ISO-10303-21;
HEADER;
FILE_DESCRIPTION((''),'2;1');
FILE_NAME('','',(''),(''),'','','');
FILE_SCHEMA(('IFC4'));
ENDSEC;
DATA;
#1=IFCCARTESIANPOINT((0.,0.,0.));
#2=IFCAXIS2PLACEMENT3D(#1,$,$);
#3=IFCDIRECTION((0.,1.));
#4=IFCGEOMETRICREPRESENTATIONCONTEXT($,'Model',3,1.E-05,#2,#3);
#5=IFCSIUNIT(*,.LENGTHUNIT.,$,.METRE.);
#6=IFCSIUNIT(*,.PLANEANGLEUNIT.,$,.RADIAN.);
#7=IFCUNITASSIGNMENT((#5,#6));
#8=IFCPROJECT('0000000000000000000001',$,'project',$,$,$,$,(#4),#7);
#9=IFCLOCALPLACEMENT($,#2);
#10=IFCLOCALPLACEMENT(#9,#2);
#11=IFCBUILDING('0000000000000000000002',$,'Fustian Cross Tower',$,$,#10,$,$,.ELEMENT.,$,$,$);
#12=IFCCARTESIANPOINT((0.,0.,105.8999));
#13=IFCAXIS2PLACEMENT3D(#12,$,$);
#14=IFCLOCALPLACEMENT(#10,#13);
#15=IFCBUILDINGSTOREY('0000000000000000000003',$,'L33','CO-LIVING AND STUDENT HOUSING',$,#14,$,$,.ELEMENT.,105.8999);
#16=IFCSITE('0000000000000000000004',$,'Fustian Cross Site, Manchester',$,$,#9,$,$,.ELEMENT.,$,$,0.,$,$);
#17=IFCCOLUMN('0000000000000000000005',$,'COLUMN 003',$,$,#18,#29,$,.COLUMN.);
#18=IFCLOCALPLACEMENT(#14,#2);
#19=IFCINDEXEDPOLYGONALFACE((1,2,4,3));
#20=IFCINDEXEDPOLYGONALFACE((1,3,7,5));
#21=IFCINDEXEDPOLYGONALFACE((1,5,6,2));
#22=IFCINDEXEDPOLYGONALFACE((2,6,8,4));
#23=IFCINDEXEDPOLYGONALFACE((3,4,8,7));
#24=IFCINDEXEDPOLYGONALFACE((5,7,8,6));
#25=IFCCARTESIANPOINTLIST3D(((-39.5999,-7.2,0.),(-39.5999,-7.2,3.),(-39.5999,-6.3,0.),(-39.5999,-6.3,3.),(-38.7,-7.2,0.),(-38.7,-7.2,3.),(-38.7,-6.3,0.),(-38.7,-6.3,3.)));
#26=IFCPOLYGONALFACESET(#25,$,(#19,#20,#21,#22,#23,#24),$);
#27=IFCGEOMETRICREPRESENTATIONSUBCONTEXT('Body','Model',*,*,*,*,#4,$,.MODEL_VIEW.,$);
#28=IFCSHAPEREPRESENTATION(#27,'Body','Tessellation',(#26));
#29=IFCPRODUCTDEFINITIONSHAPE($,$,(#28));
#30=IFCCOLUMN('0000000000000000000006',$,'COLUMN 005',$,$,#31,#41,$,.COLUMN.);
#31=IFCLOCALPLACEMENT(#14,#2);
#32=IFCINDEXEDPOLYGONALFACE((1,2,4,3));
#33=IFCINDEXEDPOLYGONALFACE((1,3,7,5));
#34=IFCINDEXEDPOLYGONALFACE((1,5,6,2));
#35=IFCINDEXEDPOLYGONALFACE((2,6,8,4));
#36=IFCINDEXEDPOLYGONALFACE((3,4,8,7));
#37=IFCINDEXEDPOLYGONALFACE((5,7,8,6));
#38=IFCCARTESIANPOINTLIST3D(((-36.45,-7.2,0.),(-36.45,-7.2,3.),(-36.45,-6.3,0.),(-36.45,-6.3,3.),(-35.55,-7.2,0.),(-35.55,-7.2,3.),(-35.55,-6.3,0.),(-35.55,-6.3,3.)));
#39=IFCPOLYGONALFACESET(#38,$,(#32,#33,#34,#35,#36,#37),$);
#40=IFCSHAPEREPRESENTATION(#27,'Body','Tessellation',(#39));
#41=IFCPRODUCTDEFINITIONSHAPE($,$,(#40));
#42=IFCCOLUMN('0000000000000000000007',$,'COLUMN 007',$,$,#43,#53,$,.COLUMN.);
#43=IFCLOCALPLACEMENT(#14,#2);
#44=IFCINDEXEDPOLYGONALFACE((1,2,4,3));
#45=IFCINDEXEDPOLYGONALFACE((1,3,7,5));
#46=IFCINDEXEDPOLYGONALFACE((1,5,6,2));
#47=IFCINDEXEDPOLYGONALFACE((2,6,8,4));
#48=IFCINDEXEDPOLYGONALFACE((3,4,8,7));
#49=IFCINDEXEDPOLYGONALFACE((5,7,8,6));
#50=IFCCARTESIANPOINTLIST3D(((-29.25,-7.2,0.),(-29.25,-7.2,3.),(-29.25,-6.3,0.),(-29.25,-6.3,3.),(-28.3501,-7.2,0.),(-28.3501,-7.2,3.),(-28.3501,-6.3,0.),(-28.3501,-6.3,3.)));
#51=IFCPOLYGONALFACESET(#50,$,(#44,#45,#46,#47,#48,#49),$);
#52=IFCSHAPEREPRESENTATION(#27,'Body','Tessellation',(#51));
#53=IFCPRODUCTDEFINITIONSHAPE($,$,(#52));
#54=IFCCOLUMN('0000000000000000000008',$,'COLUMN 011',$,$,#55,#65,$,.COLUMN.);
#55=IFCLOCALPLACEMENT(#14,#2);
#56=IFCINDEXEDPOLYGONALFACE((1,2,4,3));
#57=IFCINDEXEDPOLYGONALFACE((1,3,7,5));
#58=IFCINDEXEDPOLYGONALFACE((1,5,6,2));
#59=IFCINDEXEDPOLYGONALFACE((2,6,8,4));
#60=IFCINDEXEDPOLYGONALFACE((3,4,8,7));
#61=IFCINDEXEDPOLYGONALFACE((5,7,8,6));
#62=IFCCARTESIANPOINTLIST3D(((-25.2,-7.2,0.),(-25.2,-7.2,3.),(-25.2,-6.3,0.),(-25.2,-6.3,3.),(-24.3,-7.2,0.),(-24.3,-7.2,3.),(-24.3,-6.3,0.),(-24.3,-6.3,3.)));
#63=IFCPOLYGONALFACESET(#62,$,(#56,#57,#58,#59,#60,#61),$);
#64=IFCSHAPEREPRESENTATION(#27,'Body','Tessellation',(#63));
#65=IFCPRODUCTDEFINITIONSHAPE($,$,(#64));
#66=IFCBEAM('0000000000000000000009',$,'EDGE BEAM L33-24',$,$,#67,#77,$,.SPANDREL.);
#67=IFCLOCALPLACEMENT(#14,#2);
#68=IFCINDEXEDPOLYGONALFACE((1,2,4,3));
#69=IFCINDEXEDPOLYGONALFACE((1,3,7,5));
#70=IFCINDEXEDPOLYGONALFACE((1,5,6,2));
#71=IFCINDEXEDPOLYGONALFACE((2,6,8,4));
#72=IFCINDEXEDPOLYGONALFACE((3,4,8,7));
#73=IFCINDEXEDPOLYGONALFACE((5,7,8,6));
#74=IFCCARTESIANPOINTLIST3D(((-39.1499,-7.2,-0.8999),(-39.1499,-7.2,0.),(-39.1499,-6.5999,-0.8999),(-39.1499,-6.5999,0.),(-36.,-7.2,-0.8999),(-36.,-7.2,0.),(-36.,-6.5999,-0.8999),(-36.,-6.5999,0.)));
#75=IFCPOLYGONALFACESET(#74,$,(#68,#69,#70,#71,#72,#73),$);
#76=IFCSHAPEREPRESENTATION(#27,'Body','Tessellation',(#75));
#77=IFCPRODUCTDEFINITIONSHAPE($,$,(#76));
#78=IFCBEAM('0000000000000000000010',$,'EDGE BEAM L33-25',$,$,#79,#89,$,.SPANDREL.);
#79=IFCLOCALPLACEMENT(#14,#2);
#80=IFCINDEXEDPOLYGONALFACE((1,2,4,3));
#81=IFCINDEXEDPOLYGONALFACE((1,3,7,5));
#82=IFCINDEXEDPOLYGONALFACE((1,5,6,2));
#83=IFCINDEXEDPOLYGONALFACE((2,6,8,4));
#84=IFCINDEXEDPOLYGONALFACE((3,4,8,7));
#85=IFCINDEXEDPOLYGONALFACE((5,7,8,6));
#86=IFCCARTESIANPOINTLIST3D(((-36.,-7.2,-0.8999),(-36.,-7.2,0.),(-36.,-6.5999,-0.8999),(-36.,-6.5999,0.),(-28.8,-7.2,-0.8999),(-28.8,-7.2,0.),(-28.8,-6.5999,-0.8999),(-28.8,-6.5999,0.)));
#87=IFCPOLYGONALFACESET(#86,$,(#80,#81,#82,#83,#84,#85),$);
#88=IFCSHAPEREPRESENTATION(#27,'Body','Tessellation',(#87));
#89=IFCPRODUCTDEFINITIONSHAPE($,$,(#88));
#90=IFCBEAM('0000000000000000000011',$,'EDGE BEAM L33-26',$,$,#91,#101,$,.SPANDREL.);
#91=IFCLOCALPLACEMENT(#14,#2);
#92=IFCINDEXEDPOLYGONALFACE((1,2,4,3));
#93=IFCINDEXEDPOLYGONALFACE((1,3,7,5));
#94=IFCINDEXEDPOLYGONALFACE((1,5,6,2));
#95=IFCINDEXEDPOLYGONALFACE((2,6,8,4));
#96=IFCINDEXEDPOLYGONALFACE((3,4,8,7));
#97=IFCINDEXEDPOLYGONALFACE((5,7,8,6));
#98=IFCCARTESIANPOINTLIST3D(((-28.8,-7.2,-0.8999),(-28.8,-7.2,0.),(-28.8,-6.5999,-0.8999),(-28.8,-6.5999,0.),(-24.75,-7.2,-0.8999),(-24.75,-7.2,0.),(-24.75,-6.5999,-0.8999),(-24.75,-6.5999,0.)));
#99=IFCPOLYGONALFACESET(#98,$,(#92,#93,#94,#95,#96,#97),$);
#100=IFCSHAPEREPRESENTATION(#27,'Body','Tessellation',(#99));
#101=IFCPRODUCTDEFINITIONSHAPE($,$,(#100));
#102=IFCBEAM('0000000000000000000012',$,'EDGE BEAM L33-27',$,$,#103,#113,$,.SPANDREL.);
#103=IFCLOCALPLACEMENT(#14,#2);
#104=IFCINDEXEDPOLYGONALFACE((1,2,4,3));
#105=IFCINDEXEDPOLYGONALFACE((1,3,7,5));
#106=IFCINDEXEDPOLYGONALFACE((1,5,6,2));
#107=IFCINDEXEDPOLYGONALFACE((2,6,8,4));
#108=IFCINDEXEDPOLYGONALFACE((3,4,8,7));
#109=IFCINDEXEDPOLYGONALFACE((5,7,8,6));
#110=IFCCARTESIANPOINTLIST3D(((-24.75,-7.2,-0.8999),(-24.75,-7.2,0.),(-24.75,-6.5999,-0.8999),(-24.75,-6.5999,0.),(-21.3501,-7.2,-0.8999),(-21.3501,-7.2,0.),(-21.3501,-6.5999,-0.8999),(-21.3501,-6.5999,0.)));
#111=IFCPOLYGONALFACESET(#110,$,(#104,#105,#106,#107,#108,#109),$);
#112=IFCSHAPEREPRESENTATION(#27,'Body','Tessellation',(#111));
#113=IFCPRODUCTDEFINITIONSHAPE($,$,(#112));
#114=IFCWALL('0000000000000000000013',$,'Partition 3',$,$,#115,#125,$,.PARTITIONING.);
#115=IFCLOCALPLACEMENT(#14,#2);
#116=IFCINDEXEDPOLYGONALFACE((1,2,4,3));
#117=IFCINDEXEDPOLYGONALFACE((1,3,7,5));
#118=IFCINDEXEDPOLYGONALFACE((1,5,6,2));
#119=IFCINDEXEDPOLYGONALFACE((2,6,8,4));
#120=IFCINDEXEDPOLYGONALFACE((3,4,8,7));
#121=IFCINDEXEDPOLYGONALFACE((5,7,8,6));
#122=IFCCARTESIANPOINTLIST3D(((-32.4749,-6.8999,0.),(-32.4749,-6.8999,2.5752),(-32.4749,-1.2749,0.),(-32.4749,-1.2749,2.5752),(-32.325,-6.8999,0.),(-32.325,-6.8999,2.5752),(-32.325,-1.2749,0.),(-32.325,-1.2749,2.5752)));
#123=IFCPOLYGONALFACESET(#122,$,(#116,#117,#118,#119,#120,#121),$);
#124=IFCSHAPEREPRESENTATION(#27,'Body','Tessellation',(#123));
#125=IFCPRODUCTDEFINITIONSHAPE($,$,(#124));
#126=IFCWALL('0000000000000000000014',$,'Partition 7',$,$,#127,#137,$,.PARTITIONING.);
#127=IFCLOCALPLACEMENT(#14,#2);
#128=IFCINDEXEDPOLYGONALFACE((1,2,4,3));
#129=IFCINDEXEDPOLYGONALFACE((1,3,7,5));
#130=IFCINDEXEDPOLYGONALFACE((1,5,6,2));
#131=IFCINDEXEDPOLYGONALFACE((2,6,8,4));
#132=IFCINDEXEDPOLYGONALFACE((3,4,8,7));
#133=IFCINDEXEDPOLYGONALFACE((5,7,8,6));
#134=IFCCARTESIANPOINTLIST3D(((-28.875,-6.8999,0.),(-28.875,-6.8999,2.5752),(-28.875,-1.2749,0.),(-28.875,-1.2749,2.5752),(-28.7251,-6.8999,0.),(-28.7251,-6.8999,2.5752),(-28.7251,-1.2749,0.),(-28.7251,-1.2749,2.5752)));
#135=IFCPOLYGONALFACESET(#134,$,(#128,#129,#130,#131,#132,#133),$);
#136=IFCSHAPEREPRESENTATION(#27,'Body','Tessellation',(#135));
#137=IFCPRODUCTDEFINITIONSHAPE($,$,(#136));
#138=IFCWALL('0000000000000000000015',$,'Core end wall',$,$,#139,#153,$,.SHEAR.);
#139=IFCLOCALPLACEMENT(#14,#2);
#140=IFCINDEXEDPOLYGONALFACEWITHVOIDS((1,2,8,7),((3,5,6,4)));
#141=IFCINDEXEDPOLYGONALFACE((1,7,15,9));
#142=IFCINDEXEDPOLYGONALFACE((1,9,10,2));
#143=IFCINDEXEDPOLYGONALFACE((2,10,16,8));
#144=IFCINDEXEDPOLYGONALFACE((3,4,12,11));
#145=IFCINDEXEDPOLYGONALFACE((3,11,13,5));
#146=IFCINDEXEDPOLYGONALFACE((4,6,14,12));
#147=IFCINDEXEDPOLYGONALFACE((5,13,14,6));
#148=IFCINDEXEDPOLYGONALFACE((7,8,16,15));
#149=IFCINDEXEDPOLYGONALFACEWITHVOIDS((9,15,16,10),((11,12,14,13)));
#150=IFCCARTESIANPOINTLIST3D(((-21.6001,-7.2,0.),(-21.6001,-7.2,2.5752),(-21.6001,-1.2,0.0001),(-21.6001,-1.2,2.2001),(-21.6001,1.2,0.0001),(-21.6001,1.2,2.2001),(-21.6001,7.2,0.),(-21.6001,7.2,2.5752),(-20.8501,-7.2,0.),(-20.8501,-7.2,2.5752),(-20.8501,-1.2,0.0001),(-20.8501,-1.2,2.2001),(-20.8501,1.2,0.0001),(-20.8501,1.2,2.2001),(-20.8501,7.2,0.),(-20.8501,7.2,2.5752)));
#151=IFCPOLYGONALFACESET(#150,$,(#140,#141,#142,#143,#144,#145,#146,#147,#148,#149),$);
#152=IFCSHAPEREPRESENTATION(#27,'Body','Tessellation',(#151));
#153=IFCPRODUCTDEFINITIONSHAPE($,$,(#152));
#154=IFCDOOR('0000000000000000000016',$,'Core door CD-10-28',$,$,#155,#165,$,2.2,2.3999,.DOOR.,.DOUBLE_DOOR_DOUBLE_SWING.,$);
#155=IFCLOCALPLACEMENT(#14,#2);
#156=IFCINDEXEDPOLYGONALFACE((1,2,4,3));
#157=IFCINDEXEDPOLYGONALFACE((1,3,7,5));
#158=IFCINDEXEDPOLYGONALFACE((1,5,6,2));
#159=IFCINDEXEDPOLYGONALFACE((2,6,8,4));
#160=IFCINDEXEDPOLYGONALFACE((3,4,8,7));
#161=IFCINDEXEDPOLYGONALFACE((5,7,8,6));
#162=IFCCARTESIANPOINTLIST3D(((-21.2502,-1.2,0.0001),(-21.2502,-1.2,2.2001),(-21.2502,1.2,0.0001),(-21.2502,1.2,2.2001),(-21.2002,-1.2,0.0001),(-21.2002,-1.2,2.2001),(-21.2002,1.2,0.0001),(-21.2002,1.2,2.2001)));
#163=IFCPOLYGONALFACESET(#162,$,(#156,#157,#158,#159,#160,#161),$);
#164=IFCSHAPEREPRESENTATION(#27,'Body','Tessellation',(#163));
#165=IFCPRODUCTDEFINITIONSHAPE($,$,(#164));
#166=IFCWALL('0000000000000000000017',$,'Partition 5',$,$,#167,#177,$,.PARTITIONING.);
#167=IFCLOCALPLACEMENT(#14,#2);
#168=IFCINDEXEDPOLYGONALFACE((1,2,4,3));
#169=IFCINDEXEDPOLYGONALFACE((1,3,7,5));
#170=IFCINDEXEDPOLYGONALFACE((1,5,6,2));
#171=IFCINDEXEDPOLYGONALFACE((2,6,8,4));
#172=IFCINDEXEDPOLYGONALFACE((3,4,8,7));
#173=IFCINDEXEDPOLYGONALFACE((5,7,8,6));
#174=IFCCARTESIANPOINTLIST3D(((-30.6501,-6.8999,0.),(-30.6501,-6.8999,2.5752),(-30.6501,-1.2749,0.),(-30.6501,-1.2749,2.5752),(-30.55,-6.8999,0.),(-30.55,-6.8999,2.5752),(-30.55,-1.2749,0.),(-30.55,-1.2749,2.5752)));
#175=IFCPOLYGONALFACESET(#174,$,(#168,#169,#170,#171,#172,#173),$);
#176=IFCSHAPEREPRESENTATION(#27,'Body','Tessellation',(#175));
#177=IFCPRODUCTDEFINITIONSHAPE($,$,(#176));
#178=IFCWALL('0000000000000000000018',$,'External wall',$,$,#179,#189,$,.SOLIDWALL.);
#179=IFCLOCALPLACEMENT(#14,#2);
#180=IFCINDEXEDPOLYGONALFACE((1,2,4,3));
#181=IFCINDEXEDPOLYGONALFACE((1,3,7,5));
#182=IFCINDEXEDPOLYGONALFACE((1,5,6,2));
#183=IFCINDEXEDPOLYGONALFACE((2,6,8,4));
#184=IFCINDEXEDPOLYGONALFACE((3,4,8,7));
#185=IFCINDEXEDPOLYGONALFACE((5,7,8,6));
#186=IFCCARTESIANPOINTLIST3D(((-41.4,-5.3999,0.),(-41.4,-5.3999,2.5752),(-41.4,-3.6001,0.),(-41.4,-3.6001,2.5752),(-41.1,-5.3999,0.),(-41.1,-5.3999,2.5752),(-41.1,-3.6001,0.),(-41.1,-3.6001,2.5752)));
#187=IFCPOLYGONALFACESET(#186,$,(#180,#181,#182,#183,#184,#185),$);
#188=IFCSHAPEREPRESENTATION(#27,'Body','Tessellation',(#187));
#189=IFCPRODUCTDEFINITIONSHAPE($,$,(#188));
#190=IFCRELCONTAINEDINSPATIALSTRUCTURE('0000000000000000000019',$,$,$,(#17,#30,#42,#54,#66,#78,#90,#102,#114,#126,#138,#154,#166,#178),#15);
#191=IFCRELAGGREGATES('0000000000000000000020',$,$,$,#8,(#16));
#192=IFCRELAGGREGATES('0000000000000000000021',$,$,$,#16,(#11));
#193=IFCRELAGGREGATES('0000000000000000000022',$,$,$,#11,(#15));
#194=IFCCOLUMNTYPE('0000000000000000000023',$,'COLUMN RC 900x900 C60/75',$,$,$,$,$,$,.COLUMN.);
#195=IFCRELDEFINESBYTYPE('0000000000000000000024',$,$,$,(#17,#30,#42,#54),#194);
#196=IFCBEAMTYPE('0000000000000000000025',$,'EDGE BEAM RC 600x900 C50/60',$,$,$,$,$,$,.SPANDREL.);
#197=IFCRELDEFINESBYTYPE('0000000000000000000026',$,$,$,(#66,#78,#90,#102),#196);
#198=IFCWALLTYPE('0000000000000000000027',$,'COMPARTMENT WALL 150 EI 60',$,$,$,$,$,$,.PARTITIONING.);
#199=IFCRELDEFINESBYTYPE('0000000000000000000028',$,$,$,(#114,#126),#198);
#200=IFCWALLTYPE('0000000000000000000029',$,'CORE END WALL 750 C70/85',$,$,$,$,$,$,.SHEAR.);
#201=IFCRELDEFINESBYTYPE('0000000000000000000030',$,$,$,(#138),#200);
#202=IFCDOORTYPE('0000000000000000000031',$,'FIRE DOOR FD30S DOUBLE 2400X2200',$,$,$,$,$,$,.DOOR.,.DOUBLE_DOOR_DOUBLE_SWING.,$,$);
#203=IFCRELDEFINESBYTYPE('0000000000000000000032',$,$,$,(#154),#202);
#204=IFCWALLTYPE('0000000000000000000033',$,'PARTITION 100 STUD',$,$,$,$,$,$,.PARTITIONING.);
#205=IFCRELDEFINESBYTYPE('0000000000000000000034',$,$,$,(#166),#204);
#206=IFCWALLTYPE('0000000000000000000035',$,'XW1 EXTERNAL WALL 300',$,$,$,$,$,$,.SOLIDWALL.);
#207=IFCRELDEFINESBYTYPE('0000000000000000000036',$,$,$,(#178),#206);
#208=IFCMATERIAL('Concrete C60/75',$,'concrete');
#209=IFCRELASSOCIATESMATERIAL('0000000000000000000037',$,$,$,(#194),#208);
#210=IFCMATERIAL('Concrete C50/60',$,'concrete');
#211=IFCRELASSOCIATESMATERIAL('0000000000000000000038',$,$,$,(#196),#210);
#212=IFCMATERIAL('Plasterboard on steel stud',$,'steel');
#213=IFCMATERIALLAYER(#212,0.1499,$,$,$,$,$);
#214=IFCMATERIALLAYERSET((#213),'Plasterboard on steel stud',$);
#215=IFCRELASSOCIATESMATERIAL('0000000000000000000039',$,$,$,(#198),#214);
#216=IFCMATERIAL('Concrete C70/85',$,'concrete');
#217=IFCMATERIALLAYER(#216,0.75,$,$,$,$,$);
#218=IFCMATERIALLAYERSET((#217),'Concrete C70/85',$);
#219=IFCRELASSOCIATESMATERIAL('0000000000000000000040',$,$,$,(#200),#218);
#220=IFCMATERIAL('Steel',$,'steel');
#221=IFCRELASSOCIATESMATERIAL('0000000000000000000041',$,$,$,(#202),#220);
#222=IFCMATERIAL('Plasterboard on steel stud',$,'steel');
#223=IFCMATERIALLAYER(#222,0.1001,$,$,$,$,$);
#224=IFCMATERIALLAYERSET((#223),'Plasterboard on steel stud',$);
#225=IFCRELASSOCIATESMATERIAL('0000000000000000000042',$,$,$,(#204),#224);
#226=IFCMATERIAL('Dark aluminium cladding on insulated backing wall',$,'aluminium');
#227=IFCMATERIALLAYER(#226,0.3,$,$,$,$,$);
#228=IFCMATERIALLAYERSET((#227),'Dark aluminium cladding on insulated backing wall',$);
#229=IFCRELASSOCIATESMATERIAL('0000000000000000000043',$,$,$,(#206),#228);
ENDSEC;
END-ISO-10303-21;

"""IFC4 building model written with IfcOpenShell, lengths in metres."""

from ifc_helpers import new_model, si_unit, direction, frame, frame_2d, origin, origin_2d, place, context, subcontext, project, spatial, rectangle, extrude, material, layer, layer_set, material_profile, profile_set, type_object, element, fill, save


model = new_model("IFC4")

# Units and contexts
model_context = context("Model", 3, precision=1e-05, world=origin(), true_north=direction((0.0, 1.0)))
body_context = subcontext(model_context, "Body", "Model", "MODEL_VIEW")
ifc_project = project(units=[si_unit("LENGTHUNIT", "METRE"), si_unit("PLANEANGLEUNIT", "RADIAN")], contexts=[model_context])

# Site, building, storey
site_placement = place(None, origin())
site = spatial("IfcSite", under=ifc_project, at=site_placement, Name="Fustian Cross Site, Manchester", CompositionType="ELEMENT", RefElevation=0.0)
building_placement = place(site_placement, origin())
building = spatial("IfcBuilding", under=site, at=building_placement, Name="Fustian Cross Tower", CompositionType="ELEMENT")
storey_placement = place(building_placement, frame((0.0, 0.0, 105.8999)))
storey = spatial("IfcBuildingStorey", under=building, at=storey_placement, Name="L33", Description="CO-LIVING AND STUDENT HOUSING", CompositionType="ELEMENT", Elevation=105.8999)

# Columns
ifc_material_1 = material(Name="Concrete C60/75", Category="concrete")
ifc_material_profile_1 = material_profile(ifc_material_1, rectangle(XDim=0.8999, YDim=0.8999, at=origin_2d()), Name="RC 900x900")
ifc_profile_set_1 = profile_set([ifc_material_profile_1], Name="Concrete C60/75")
column_type = type_object("IfcColumnType", Name="COLUMN RC 900x900 C60/75", PredefinedType="COLUMN", material=ifc_profile_set_1)
for number, where, z_axis, x_axis, name in (
    (1, (-39.1499, -6.75, 0.0), (0.0, 0.0, 1.0), (1.0, 0.0, 0.0), "COLUMN 003"),
    (2, (-36.0, -6.75, 0.0), (0.0, 0.0, 1.0), (1.0, 0.0, 0.0), "COLUMN 005"),
    (3, (-28.8, -6.75, 0.0), (0.0, 0.0, 1.0), (1.0, 0.0, 0.0), "COLUMN 007"),
    (4, (-24.75, -6.75, 0.0), (0.0, 0.0, 1.0), (1.0, 0.0, 0.0), "COLUMN 011"),
):
    element("IfcColumn", number, at=place(storey_placement, frame(where, z_axis=z_axis, x_axis=x_axis)), inside=storey, type_object=column_type, Name=name, PredefinedType="COLUMN", context=body_context, shape_type="SweptSolid", body=[
        extrude(rectangle(XDim=0.8999, YDim=0.8999, at=origin_2d()), origin(), (0.0, 0.0, 1.0), 3.0),
    ])

# Beams
ifc_material_2 = material(Name="Concrete C50/60", Category="concrete")
ifc_material_profile_2 = material_profile(ifc_material_2, rectangle(XDim=0.6001, YDim=0.8999, at=origin_2d()), Name="RC 600x900")
ifc_profile_set_2 = profile_set([ifc_material_profile_2], Name="Concrete C50/60")
beam_type = type_object("IfcBeamType", Name="EDGE BEAM RC 600x900 C50/60", PredefinedType="SPANDREL", material=ifc_profile_set_2)
beam_1_placement = place(storey_placement, frame((-39.1499, -6.8999, -0.45), z_axis=(1.0, 0.0, 0.0), x_axis=(0.0, 1.0, 0.0)))
element("IfcBeam", 5, at=beam_1_placement, inside=storey, type_object=beam_type, Name="EDGE BEAM L33-24", PredefinedType="SPANDREL", context=body_context, shape_type="SweptSolid", body=[
    extrude(rectangle(XDim=0.6001, YDim=0.8999, at=origin_2d()), origin(), (0.0, 0.0, 1.0), 3.1499),
])
beam_2_placement = place(storey_placement, frame((-36.0, -6.8999, -0.45), z_axis=(1.0, 0.0, 0.0), x_axis=(0.0, 1.0, 0.0)))
element("IfcBeam", 6, at=beam_2_placement, inside=storey, type_object=beam_type, Name="EDGE BEAM L33-25", PredefinedType="SPANDREL", context=body_context, shape_type="SweptSolid", body=[
    extrude(rectangle(XDim=0.6001, YDim=0.8999, at=origin_2d()), origin(), (0.0, 0.0, 1.0), 7.2),
])
beam_3_placement = place(storey_placement, frame((-28.8, -6.8999, -0.45), z_axis=(1.0, 0.0, 0.0), x_axis=(0.0, 1.0, 0.0)))
element("IfcBeam", 7, at=beam_3_placement, inside=storey, type_object=beam_type, Name="EDGE BEAM L33-26", PredefinedType="SPANDREL", context=body_context, shape_type="SweptSolid", body=[
    extrude(rectangle(XDim=0.6001, YDim=0.8999, at=origin_2d()), origin(), (0.0, 0.0, 1.0), 4.05),
])
beam_4_placement = place(storey_placement, frame((-24.75, -6.8999, -0.45), z_axis=(1.0, 0.0, 0.0), x_axis=(0.0, 1.0, 0.0)))
element("IfcBeam", 8, at=beam_4_placement, inside=storey, type_object=beam_type, Name="EDGE BEAM L33-27", PredefinedType="SPANDREL", context=body_context, shape_type="SweptSolid", body=[
    extrude(rectangle(XDim=0.6001, YDim=0.8999, at=origin_2d()), origin(), (0.0, 0.0, 1.0), 3.3999),
])

# Walls
ifc_material_3 = material(Name="Plasterboard on steel stud", Category="steel")
ifc_layer_1 = layer(ifc_material_3, 0.1499)
ifc_layer_set_1 = layer_set([ifc_layer_1], Name="Plasterboard on steel stud")
wall_type_1 = type_object("IfcWallType", Name="COMPARTMENT WALL 150 EI 60", PredefinedType="PARTITIONING", material=ifc_layer_set_1)
for number, where, z_axis, x_axis, name in (
    (9, (-32.3999, -6.8999, 0.0), (0.0, 0.0, 1.0), (0.0, 1.0, 0.0), "Partition 3"),
    (10, (-28.8, -6.8999, 0.0), (0.0, 0.0, 1.0), (0.0, 1.0, 0.0), "Partition 7"),
):
    element("IfcWall", number, at=place(storey_placement, frame(where, z_axis=z_axis, x_axis=x_axis)), inside=storey, type_object=wall_type_1, Name=name, PredefinedType="PARTITIONING", context=body_context, shape_type="SweptSolid", body=[
        extrude(rectangle(XDim=5.625, YDim=0.1499, at=frame_2d((2.8125, 0.0))), origin(), (0.0, 0.0, 1.0), 2.5752),
    ])

# Wall, opening, door
ifc_material_4 = material(Name="Concrete C70/85", Category="concrete")
ifc_layer_2 = layer(ifc_material_4, 0.75)
ifc_layer_set_2 = layer_set([ifc_layer_2], Name="Concrete C70/85")
wall_type_2 = type_object("IfcWallType", Name="CORE END WALL 750 C70/85", PredefinedType="SHEAR", material=ifc_layer_set_2)
wall_1_placement = place(storey_placement, frame((-21.2251, -7.2, 0.0), z_axis=(0.0, 0.0, 1.0), x_axis=(0.0, 1.0, 0.0)))
wall_1 = element("IfcWall", 11, at=wall_1_placement, inside=storey, type_object=wall_type_2, Name="Core end wall", PredefinedType="SHEAR", context=body_context, shape_type="SweptSolid", body=[
    extrude(rectangle(XDim=14.3999, YDim=0.75, at=frame_2d((7.2, 0.0))), origin(), (0.0, 0.0, 1.0), 2.5752),
])
opening_placement = place(wall_1_placement, frame((6.0, 0.0, 0.0)))
opening = element("IfcOpeningElement", 12, at=opening_placement, cuts=wall_1, PredefinedType="OPENING", context=body_context, shape_type="SweptSolid", body=[
    extrude(rectangle(XDim=2.3999, YDim=2.2, at=frame_2d((1.2, 1.1001))), frame((0.0, 0.385, 0.0), z_axis=(0.0, -1.0, 0.0), x_axis=(1.0, 0.0, 0.0)), (0.0, 0.0, 1.0), 0.77),
])
ifc_material_5 = material(Name="Steel", Category="steel")
door_type = type_object("IfcDoorType", Name="FIRE DOOR FD30S DOUBLE 2400X2200", OperationType="DOUBLE_DOOR_DOUBLE_SWING", PredefinedType="DOOR", material=ifc_material_5)
door_placement = place(opening_placement, frame((2.3999, 0.0, 0.0), z_axis=(0.0, 0.0, 1.0), x_axis=(-1.0, 0.0, 0.0)))
door = element("IfcDoor", 13, at=door_placement, inside=storey, type_object=door_type, Name="Core door CD-10-28", OperationType="DOUBLE_DOOR_DOUBLE_SWING", OverallHeight=2.2, OverallWidth=2.3999, PredefinedType="DOOR", context=body_context, shape_type="SweptSolid", body=[
    extrude(rectangle(XDim=2.3999, YDim=2.2, at=frame_2d((1.2, 1.1001))), frame((0.0, 0.0249, 0.0), z_axis=(0.0, -1.0, 0.0), x_axis=(1.0, 0.0, 0.0)), (0.0, 0.0, 1.0), 0.05),
])
fill(opening, door)

# Walls
ifc_material_6 = material(Name="Plasterboard on steel stud", Category="steel")
ifc_layer_3 = layer(ifc_material_6, 0.1001)
ifc_layer_set_3 = layer_set([ifc_layer_3], Name="Plasterboard on steel stud")
wall_type_3 = type_object("IfcWallType", Name="PARTITION 100 STUD", PredefinedType="PARTITIONING", material=ifc_layer_set_3)
wall_2_placement = place(storey_placement, frame((-30.6001, -6.8999, 0.0), z_axis=(0.0, 0.0, 1.0), x_axis=(0.0, 1.0, 0.0)))
element("IfcWall", 14, at=wall_2_placement, inside=storey, type_object=wall_type_3, Name="Partition 5", PredefinedType="PARTITIONING", context=body_context, shape_type="SweptSolid", body=[
    extrude(rectangle(XDim=5.625, YDim=0.1001, at=frame_2d((2.8125, 0.0))), origin(), (0.0, 0.0, 1.0), 2.5752),
])
ifc_material_7 = material(Name="Dark aluminium cladding on insulated backing wall", Category="aluminium")
ifc_layer_4 = layer(ifc_material_7, 0.3)
ifc_layer_set_4 = layer_set([ifc_layer_4], Name="Dark aluminium cladding on insulated backing wall")
wall_type_4 = type_object("IfcWallType", Name="XW1 EXTERNAL WALL 300", PredefinedType="SOLIDWALL", material=ifc_layer_set_4)
wall_3_placement = place(storey_placement, frame((-41.25, -3.6001, 0.0), z_axis=(0.0, 0.0, 1.0), x_axis=(0.0, -1.0, 0.0)))
element("IfcWall", 15, at=wall_3_placement, inside=storey, type_object=wall_type_4, Name="External wall", PredefinedType="SOLIDWALL", context=body_context, shape_type="SweptSolid", body=[
    extrude(rectangle(XDim=1.7998, YDim=0.3, at=frame_2d((0.8999, 0.0))), origin(), (0.0, 0.0, 1.0), 2.5752),
])

save(model, "model.ifc")
